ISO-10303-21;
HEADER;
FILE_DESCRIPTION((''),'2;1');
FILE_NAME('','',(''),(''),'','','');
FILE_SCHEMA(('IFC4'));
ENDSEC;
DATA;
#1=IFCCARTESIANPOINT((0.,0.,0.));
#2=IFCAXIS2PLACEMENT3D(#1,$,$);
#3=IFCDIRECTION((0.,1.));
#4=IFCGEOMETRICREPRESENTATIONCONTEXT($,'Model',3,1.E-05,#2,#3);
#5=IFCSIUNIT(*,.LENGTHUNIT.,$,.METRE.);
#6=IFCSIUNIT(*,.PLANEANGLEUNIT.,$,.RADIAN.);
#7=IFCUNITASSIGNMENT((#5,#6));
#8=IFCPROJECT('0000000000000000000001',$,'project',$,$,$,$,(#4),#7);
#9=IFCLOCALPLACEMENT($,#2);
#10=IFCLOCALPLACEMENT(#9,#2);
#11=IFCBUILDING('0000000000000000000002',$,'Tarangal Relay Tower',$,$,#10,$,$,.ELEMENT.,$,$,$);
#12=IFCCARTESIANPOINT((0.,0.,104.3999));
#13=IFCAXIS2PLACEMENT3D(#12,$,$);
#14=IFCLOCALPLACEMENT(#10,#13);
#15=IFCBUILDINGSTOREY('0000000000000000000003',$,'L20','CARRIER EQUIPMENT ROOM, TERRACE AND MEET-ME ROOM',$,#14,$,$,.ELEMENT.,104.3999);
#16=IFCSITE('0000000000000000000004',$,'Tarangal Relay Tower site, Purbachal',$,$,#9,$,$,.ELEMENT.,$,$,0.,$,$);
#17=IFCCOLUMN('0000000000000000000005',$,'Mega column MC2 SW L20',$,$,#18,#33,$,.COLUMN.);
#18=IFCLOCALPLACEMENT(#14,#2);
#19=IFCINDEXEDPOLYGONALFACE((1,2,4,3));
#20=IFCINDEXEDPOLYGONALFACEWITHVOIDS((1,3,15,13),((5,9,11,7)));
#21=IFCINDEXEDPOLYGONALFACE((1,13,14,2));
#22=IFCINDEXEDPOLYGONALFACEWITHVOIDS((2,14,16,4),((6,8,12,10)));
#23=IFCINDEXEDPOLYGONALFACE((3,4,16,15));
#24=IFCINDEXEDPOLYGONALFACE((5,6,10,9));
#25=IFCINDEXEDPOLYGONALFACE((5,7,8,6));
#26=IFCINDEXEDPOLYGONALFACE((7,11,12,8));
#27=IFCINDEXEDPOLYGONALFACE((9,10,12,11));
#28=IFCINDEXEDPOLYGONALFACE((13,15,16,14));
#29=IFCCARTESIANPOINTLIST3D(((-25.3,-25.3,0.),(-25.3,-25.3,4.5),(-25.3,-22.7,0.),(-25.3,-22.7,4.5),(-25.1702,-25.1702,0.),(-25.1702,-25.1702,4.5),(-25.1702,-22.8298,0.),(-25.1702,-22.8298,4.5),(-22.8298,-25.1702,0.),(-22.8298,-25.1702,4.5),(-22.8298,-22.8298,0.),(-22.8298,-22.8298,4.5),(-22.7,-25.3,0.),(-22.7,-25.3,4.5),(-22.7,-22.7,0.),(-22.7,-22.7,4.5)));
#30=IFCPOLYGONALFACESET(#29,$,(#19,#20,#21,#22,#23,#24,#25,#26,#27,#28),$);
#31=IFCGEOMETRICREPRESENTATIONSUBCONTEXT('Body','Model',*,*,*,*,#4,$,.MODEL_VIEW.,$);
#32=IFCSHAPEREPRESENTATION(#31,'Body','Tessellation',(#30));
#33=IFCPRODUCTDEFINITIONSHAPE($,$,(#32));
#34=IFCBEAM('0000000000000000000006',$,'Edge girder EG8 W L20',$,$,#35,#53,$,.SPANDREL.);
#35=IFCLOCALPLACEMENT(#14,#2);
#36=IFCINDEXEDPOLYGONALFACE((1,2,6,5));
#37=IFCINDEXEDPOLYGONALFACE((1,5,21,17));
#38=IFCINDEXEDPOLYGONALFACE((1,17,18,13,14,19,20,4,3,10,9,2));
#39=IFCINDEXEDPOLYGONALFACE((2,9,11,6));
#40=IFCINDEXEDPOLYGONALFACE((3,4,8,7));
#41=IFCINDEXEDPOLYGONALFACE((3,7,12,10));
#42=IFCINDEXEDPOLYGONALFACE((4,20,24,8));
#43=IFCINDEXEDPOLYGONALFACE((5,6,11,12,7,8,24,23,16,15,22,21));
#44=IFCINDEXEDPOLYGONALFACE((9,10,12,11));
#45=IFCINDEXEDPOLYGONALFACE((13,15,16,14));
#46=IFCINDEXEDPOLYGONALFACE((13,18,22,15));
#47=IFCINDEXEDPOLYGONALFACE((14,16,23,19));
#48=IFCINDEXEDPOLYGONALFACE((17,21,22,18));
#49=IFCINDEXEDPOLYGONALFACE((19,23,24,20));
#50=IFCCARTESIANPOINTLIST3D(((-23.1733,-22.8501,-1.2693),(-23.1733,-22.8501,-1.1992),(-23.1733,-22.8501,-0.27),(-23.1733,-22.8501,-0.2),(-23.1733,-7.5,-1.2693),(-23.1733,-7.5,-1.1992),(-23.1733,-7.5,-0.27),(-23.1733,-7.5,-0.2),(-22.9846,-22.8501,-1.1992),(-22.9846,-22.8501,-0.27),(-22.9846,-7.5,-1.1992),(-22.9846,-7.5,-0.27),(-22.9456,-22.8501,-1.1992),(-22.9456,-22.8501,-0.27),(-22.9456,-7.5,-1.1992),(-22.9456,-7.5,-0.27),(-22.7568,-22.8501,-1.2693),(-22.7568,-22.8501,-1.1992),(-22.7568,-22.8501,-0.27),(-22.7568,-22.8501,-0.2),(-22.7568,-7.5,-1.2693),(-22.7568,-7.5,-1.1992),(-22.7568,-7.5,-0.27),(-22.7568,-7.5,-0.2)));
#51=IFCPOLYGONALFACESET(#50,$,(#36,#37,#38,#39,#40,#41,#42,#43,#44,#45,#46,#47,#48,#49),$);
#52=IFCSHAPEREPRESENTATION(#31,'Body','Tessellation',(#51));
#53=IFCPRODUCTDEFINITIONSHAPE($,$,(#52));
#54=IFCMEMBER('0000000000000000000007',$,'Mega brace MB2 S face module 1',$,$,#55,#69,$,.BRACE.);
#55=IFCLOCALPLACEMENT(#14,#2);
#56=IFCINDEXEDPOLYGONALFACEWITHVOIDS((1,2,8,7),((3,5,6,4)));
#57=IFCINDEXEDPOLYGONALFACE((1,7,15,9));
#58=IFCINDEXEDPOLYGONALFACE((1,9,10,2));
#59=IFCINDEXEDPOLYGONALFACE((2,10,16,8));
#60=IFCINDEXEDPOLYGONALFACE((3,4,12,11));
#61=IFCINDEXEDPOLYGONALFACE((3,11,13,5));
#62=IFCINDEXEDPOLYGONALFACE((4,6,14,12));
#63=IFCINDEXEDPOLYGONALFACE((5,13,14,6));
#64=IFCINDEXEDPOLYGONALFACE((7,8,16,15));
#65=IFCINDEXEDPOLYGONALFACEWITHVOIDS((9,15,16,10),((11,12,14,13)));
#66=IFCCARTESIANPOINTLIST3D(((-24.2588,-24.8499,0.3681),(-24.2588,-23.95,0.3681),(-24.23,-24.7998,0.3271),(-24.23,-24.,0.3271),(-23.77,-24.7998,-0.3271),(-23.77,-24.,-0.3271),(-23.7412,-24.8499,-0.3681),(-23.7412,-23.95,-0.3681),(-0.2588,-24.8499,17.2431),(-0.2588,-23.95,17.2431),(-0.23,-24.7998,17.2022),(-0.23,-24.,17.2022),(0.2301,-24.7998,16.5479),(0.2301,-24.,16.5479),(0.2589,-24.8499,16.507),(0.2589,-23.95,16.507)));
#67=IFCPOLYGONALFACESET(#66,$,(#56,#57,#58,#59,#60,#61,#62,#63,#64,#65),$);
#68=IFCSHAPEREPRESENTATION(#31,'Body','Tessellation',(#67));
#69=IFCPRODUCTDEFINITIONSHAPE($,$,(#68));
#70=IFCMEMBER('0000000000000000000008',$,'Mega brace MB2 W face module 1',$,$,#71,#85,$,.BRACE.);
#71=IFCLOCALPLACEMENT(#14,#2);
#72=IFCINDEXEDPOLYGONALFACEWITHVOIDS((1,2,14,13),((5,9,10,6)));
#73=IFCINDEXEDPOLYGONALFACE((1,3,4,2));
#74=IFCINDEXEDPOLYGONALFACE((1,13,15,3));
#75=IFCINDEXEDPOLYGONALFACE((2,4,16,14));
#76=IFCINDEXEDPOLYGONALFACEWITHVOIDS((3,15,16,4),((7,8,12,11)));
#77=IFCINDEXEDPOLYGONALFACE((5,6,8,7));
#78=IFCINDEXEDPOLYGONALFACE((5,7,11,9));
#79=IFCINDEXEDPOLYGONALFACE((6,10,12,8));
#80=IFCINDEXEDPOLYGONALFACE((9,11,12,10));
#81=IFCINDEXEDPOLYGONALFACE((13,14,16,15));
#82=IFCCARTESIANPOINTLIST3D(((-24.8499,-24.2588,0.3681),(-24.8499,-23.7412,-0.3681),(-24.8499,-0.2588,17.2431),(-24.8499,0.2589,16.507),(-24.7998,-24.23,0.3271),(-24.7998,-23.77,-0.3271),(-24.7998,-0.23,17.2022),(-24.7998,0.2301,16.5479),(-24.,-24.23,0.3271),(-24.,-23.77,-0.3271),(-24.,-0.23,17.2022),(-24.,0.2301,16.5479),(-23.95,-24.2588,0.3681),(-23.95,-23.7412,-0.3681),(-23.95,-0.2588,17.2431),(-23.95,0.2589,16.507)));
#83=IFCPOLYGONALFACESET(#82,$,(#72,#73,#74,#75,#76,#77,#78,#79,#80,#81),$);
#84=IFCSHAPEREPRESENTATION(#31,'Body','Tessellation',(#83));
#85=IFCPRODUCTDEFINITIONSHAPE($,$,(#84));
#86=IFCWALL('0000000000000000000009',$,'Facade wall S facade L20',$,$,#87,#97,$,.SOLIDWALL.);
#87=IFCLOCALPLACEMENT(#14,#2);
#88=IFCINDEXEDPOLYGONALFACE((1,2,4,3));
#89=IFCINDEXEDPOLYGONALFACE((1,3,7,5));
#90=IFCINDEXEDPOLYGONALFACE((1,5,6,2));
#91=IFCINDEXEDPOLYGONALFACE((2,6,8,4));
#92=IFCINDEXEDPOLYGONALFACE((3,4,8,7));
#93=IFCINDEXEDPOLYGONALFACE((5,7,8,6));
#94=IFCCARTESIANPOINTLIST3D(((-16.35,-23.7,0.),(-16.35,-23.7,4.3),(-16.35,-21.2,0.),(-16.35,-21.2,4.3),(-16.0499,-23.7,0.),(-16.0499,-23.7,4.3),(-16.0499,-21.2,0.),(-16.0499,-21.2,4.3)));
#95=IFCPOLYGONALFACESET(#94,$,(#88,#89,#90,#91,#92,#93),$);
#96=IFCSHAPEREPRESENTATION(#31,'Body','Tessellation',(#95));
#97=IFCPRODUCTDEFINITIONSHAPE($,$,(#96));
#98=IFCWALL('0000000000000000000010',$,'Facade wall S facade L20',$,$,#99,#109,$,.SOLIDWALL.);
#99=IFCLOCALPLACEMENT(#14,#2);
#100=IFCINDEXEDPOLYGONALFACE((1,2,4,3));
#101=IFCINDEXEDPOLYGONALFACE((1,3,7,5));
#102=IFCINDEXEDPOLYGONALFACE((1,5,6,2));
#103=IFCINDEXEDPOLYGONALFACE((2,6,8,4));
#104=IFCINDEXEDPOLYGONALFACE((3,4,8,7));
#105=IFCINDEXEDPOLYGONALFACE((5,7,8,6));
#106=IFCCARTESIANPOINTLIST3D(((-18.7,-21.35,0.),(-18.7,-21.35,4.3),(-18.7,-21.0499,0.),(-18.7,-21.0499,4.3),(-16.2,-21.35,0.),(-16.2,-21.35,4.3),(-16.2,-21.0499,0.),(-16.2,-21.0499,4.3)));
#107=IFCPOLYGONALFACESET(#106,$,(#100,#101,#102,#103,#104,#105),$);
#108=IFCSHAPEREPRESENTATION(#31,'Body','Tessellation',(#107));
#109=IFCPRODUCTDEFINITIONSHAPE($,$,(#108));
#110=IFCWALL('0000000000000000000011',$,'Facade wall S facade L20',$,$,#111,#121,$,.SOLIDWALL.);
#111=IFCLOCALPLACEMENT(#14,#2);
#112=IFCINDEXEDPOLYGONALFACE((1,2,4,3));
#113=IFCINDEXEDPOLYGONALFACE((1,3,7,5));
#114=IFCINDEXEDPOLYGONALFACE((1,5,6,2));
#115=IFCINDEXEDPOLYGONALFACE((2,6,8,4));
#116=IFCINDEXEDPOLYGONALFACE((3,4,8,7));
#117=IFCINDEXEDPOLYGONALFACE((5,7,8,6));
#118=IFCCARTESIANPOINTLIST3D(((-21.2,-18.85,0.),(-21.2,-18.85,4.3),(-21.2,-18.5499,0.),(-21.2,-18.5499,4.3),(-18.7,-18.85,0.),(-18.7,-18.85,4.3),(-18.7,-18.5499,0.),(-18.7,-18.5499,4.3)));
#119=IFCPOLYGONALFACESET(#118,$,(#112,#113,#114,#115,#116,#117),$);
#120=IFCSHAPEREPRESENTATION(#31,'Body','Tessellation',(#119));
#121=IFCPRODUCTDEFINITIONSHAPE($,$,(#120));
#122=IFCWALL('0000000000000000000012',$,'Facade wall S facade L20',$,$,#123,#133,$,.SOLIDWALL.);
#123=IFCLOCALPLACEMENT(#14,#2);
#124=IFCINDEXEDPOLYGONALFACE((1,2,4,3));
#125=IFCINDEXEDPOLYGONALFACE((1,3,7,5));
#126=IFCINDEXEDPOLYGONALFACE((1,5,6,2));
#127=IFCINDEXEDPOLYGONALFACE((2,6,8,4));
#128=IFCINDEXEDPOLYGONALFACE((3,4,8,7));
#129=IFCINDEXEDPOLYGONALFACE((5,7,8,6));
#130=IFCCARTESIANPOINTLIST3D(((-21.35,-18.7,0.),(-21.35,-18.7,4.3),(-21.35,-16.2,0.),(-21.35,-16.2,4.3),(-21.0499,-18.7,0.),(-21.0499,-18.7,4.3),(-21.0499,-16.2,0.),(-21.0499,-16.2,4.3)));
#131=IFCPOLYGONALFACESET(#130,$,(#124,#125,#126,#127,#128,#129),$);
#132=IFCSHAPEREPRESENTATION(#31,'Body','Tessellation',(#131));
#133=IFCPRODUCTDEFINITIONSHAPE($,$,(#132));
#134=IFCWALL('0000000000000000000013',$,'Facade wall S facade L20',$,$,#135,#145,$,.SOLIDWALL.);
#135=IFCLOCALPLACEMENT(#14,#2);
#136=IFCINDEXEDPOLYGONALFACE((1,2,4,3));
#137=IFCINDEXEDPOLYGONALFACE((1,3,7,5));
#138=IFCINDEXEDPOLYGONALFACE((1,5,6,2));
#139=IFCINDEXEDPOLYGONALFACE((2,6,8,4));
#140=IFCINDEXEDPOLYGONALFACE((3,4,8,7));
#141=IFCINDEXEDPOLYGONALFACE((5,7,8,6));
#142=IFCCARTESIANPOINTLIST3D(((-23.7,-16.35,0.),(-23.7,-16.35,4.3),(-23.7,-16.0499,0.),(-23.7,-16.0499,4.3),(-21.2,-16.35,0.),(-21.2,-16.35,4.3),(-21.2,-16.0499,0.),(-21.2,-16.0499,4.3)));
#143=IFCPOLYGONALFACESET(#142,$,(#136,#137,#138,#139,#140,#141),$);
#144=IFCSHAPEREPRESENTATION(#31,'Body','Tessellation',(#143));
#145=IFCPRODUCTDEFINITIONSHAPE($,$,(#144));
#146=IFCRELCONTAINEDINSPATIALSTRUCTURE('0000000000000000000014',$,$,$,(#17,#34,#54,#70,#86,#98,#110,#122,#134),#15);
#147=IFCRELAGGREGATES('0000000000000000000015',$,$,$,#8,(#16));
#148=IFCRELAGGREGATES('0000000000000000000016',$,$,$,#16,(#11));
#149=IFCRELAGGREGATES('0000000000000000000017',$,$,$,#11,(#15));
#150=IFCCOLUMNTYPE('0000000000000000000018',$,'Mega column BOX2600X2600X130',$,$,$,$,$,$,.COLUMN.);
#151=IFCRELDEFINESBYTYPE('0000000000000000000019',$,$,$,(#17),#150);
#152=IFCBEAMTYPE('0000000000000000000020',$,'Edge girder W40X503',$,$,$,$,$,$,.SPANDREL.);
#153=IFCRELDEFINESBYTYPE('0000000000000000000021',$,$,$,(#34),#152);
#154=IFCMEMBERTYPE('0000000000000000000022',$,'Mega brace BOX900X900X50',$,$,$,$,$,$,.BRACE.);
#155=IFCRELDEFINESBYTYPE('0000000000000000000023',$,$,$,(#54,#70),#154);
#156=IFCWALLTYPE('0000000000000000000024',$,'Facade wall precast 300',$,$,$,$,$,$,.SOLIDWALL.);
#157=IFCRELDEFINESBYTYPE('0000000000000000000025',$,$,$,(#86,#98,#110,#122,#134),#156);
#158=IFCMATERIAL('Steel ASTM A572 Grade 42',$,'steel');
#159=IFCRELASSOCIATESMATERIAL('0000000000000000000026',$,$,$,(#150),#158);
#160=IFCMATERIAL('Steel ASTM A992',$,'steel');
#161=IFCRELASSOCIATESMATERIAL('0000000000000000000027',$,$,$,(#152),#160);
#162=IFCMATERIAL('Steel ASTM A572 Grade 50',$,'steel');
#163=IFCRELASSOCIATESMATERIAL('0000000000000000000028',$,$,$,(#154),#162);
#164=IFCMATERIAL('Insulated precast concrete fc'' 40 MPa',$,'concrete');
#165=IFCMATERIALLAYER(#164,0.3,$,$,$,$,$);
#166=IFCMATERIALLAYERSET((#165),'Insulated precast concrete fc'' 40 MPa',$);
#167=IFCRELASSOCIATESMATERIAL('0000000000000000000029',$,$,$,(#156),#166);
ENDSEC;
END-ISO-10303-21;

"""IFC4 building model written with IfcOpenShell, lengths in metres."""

from ifc_helpers import new_model, si_unit, direction, frame, frame_2d, origin, origin_2d, place, context, subcontext, project, spatial, rectangle, hollow_rectangle, i_section, extrude, material, layer, layer_set, material_profile, profile_set, type_object, element, save


model = new_model("IFC4")

# Units and contexts
model_context = context("Model", 3, precision=1e-05, world=origin(), true_north=direction((0.0, 1.0)))
body_context = subcontext(model_context, "Body", "Model", "MODEL_VIEW")
ifc_project = project(units=[si_unit("LENGTHUNIT", "METRE"), si_unit("PLANEANGLEUNIT", "RADIAN")], contexts=[model_context])

# Site, building, storey
site_placement = place(None, origin())
site = spatial("IfcSite", under=ifc_project, at=site_placement, Name="Tarangal Relay Tower site, Purbachal", CompositionType="ELEMENT", RefElevation=0.0)
building_placement = place(site_placement, origin())
building = spatial("IfcBuilding", under=site, at=building_placement, Name="Tarangal Relay Tower", CompositionType="ELEMENT")
storey_placement = place(building_placement, frame((0.0, 0.0, 104.3999)))
storey = spatial("IfcBuildingStorey", under=building, at=storey_placement, Name="L20", Description="CARRIER EQUIPMENT ROOM, TERRACE AND MEET-ME ROOM", CompositionType="ELEMENT", Elevation=104.3999)

# Column
ifc_material_1 = material(Name="Steel ASTM A572 Grade 42", Category="steel")
ifc_material_profile_1 = material_profile(ifc_material_1, hollow_rectangle(XDim=2.6001, YDim=2.6001, WallThickness=0.1299, at=origin_2d()), Name="BOX2600X2600X130")
ifc_profile_set_1 = profile_set([ifc_material_profile_1], Name="Steel ASTM A572 Grade 42")
column_type = type_object("IfcColumnType", Name="Mega column BOX2600X2600X130", PredefinedType="COLUMN", material=ifc_profile_set_1)
column_placement = place(storey_placement, frame((-24.0, -24.0, 0.0), z_axis=(0.0, 0.0, 1.0), x_axis=(1.0, 0.0, 0.0)))
element("IfcColumn", 1, at=column_placement, inside=storey, type_object=column_type, Name="Mega column MC2 SW L20", PredefinedType="COLUMN", context=body_context, shape_type="SweptSolid", body=[
    extrude(hollow_rectangle(XDim=2.6001, YDim=2.6001, WallThickness=0.1299, at=origin_2d()), origin(), (0.0, 0.0, 1.0), 4.5),
])

# Beam
ifc_material_2 = material(Name="Steel ASTM A992", Category="steel")
ifc_material_profile_2 = material_profile(ifc_material_2, i_section(OverallWidth=0.4165, OverallDepth=1.0693, WebThickness=0.0391, FlangeThickness=0.0701, at=origin_2d()), Name="W40X503")
ifc_profile_set_2 = profile_set([ifc_material_profile_2], Name="Steel ASTM A992")
beam_type = type_object("IfcBeamType", Name="Edge girder W40X503", PredefinedType="SPANDREL", material=ifc_profile_set_2)
beam_placement = place(storey_placement, frame((-22.9651, -22.8501, -0.7346), z_axis=(0.0, 1.0, 0.0), x_axis=(-1.0, 0.0, 0.0)))
element("IfcBeam", 2, at=beam_placement, inside=storey, type_object=beam_type, Name="Edge girder EG8 W L20", PredefinedType="SPANDREL", context=body_context, shape_type="SweptSolid", body=[
    extrude(i_section(OverallWidth=0.4165, OverallDepth=1.0693, WebThickness=0.0391, FlangeThickness=0.0701, at=origin_2d()), origin(), (0.0, 0.0, 1.0), 15.3501),
])

# Members
ifc_material_3 = material(Name="Steel ASTM A572 Grade 50", Category="steel")
ifc_material_profile_3 = material_profile(ifc_material_3, hollow_rectangle(XDim=0.8999, YDim=0.8999, WallThickness=0.05, at=origin_2d()), Name="BOX900X900X50")
ifc_profile_set_3 = profile_set([ifc_material_profile_3], Name="Steel ASTM A572 Grade 50")
member_type = type_object("IfcMemberType", Name="Mega brace BOX900X900X50", PredefinedType="BRACE", material=ifc_profile_set_3)
for number, where, z_axis, x_axis, name in (
    (3, (-24.0, -24.3999, 0.0), (0.818029, 0.0, 0.575177), (0.0, 1.0, 0.0), "Mega brace MB2 S face module 1"),
    (4, (-24.3999, -24.0, 0.0), (0.0, 0.818029, 0.575177), (-1.0, 0.0, 0.0), "Mega brace MB2 W face module 1"),
):
    element("IfcMember", number, at=place(storey_placement, frame(where, z_axis=z_axis, x_axis=x_axis)), inside=storey, type_object=member_type, Name=name, PredefinedType="BRACE", context=body_context, shape_type="SweptSolid", body=[
        extrude(hollow_rectangle(XDim=0.8999, YDim=0.8999, WallThickness=0.05, at=origin_2d()), origin(), (0.0, 0.0, 1.0), 29.3389),
    ])

# Walls
ifc_material_4 = material(Name="Insulated precast concrete fc' 40 MPa", Category="concrete")
ifc_layer = layer(ifc_material_4, 0.3)
ifc_layer_set = layer_set([ifc_layer], Name="Insulated precast concrete fc' 40 MPa")
wall_type = type_object("IfcWallType", Name="Facade wall precast 300", PredefinedType="SOLIDWALL", material=ifc_layer_set)
for number, where, z_axis, x_axis, name in (
    (5, (-16.2, -23.7, 0.0), (0.0, 0.0, 1.0), (0.0, 1.0, 0.0), "Facade wall S facade L20"),
    (6, (-16.2, -21.2, 0.0), (0.0, 0.0, 1.0), (-1.0, 0.0, 0.0), "Facade wall S facade L20"),
):
    element("IfcWall", number, at=place(storey_placement, frame(where, z_axis=z_axis, x_axis=x_axis)), inside=storey, type_object=wall_type, Name=name, PredefinedType="SOLIDWALL", context=body_context, shape_type="SweptSolid", body=[
        extrude(rectangle(XDim=2.5, YDim=0.3, at=frame_2d((1.25, 0.0))), origin(), (0.0, 0.0, 1.0), 4.3),
    ])

# Walls
for number, where, z_axis, x_axis, name in (
    (7, (-18.7, -18.7, 0.0), (0.0, 0.0, 1.0), (-1.0, 0.0, 0.0), "Facade wall S facade L20"),
    (8, (-21.2, -18.7, 0.0), (0.0, 0.0, 1.0), (0.0, 1.0, 0.0), "Facade wall S facade L20"),
    (9, (-21.2, -16.2, 0.0), (0.0, 0.0, 1.0), (-1.0, 0.0, 0.0), "Facade wall S facade L20"),
):
    element("IfcWall", number, at=place(storey_placement, frame(where, z_axis=z_axis, x_axis=x_axis)), inside=storey, type_object=wall_type, Name=name, PredefinedType="SOLIDWALL", context=body_context, shape_type="SweptSolid", body=[
        extrude(rectangle(XDim=2.5, YDim=0.3, at=frame_2d((1.25, 0.0))), origin(), (0.0, 0.0, 1.0), 4.3),
    ])

save(model, "model.ifc")
